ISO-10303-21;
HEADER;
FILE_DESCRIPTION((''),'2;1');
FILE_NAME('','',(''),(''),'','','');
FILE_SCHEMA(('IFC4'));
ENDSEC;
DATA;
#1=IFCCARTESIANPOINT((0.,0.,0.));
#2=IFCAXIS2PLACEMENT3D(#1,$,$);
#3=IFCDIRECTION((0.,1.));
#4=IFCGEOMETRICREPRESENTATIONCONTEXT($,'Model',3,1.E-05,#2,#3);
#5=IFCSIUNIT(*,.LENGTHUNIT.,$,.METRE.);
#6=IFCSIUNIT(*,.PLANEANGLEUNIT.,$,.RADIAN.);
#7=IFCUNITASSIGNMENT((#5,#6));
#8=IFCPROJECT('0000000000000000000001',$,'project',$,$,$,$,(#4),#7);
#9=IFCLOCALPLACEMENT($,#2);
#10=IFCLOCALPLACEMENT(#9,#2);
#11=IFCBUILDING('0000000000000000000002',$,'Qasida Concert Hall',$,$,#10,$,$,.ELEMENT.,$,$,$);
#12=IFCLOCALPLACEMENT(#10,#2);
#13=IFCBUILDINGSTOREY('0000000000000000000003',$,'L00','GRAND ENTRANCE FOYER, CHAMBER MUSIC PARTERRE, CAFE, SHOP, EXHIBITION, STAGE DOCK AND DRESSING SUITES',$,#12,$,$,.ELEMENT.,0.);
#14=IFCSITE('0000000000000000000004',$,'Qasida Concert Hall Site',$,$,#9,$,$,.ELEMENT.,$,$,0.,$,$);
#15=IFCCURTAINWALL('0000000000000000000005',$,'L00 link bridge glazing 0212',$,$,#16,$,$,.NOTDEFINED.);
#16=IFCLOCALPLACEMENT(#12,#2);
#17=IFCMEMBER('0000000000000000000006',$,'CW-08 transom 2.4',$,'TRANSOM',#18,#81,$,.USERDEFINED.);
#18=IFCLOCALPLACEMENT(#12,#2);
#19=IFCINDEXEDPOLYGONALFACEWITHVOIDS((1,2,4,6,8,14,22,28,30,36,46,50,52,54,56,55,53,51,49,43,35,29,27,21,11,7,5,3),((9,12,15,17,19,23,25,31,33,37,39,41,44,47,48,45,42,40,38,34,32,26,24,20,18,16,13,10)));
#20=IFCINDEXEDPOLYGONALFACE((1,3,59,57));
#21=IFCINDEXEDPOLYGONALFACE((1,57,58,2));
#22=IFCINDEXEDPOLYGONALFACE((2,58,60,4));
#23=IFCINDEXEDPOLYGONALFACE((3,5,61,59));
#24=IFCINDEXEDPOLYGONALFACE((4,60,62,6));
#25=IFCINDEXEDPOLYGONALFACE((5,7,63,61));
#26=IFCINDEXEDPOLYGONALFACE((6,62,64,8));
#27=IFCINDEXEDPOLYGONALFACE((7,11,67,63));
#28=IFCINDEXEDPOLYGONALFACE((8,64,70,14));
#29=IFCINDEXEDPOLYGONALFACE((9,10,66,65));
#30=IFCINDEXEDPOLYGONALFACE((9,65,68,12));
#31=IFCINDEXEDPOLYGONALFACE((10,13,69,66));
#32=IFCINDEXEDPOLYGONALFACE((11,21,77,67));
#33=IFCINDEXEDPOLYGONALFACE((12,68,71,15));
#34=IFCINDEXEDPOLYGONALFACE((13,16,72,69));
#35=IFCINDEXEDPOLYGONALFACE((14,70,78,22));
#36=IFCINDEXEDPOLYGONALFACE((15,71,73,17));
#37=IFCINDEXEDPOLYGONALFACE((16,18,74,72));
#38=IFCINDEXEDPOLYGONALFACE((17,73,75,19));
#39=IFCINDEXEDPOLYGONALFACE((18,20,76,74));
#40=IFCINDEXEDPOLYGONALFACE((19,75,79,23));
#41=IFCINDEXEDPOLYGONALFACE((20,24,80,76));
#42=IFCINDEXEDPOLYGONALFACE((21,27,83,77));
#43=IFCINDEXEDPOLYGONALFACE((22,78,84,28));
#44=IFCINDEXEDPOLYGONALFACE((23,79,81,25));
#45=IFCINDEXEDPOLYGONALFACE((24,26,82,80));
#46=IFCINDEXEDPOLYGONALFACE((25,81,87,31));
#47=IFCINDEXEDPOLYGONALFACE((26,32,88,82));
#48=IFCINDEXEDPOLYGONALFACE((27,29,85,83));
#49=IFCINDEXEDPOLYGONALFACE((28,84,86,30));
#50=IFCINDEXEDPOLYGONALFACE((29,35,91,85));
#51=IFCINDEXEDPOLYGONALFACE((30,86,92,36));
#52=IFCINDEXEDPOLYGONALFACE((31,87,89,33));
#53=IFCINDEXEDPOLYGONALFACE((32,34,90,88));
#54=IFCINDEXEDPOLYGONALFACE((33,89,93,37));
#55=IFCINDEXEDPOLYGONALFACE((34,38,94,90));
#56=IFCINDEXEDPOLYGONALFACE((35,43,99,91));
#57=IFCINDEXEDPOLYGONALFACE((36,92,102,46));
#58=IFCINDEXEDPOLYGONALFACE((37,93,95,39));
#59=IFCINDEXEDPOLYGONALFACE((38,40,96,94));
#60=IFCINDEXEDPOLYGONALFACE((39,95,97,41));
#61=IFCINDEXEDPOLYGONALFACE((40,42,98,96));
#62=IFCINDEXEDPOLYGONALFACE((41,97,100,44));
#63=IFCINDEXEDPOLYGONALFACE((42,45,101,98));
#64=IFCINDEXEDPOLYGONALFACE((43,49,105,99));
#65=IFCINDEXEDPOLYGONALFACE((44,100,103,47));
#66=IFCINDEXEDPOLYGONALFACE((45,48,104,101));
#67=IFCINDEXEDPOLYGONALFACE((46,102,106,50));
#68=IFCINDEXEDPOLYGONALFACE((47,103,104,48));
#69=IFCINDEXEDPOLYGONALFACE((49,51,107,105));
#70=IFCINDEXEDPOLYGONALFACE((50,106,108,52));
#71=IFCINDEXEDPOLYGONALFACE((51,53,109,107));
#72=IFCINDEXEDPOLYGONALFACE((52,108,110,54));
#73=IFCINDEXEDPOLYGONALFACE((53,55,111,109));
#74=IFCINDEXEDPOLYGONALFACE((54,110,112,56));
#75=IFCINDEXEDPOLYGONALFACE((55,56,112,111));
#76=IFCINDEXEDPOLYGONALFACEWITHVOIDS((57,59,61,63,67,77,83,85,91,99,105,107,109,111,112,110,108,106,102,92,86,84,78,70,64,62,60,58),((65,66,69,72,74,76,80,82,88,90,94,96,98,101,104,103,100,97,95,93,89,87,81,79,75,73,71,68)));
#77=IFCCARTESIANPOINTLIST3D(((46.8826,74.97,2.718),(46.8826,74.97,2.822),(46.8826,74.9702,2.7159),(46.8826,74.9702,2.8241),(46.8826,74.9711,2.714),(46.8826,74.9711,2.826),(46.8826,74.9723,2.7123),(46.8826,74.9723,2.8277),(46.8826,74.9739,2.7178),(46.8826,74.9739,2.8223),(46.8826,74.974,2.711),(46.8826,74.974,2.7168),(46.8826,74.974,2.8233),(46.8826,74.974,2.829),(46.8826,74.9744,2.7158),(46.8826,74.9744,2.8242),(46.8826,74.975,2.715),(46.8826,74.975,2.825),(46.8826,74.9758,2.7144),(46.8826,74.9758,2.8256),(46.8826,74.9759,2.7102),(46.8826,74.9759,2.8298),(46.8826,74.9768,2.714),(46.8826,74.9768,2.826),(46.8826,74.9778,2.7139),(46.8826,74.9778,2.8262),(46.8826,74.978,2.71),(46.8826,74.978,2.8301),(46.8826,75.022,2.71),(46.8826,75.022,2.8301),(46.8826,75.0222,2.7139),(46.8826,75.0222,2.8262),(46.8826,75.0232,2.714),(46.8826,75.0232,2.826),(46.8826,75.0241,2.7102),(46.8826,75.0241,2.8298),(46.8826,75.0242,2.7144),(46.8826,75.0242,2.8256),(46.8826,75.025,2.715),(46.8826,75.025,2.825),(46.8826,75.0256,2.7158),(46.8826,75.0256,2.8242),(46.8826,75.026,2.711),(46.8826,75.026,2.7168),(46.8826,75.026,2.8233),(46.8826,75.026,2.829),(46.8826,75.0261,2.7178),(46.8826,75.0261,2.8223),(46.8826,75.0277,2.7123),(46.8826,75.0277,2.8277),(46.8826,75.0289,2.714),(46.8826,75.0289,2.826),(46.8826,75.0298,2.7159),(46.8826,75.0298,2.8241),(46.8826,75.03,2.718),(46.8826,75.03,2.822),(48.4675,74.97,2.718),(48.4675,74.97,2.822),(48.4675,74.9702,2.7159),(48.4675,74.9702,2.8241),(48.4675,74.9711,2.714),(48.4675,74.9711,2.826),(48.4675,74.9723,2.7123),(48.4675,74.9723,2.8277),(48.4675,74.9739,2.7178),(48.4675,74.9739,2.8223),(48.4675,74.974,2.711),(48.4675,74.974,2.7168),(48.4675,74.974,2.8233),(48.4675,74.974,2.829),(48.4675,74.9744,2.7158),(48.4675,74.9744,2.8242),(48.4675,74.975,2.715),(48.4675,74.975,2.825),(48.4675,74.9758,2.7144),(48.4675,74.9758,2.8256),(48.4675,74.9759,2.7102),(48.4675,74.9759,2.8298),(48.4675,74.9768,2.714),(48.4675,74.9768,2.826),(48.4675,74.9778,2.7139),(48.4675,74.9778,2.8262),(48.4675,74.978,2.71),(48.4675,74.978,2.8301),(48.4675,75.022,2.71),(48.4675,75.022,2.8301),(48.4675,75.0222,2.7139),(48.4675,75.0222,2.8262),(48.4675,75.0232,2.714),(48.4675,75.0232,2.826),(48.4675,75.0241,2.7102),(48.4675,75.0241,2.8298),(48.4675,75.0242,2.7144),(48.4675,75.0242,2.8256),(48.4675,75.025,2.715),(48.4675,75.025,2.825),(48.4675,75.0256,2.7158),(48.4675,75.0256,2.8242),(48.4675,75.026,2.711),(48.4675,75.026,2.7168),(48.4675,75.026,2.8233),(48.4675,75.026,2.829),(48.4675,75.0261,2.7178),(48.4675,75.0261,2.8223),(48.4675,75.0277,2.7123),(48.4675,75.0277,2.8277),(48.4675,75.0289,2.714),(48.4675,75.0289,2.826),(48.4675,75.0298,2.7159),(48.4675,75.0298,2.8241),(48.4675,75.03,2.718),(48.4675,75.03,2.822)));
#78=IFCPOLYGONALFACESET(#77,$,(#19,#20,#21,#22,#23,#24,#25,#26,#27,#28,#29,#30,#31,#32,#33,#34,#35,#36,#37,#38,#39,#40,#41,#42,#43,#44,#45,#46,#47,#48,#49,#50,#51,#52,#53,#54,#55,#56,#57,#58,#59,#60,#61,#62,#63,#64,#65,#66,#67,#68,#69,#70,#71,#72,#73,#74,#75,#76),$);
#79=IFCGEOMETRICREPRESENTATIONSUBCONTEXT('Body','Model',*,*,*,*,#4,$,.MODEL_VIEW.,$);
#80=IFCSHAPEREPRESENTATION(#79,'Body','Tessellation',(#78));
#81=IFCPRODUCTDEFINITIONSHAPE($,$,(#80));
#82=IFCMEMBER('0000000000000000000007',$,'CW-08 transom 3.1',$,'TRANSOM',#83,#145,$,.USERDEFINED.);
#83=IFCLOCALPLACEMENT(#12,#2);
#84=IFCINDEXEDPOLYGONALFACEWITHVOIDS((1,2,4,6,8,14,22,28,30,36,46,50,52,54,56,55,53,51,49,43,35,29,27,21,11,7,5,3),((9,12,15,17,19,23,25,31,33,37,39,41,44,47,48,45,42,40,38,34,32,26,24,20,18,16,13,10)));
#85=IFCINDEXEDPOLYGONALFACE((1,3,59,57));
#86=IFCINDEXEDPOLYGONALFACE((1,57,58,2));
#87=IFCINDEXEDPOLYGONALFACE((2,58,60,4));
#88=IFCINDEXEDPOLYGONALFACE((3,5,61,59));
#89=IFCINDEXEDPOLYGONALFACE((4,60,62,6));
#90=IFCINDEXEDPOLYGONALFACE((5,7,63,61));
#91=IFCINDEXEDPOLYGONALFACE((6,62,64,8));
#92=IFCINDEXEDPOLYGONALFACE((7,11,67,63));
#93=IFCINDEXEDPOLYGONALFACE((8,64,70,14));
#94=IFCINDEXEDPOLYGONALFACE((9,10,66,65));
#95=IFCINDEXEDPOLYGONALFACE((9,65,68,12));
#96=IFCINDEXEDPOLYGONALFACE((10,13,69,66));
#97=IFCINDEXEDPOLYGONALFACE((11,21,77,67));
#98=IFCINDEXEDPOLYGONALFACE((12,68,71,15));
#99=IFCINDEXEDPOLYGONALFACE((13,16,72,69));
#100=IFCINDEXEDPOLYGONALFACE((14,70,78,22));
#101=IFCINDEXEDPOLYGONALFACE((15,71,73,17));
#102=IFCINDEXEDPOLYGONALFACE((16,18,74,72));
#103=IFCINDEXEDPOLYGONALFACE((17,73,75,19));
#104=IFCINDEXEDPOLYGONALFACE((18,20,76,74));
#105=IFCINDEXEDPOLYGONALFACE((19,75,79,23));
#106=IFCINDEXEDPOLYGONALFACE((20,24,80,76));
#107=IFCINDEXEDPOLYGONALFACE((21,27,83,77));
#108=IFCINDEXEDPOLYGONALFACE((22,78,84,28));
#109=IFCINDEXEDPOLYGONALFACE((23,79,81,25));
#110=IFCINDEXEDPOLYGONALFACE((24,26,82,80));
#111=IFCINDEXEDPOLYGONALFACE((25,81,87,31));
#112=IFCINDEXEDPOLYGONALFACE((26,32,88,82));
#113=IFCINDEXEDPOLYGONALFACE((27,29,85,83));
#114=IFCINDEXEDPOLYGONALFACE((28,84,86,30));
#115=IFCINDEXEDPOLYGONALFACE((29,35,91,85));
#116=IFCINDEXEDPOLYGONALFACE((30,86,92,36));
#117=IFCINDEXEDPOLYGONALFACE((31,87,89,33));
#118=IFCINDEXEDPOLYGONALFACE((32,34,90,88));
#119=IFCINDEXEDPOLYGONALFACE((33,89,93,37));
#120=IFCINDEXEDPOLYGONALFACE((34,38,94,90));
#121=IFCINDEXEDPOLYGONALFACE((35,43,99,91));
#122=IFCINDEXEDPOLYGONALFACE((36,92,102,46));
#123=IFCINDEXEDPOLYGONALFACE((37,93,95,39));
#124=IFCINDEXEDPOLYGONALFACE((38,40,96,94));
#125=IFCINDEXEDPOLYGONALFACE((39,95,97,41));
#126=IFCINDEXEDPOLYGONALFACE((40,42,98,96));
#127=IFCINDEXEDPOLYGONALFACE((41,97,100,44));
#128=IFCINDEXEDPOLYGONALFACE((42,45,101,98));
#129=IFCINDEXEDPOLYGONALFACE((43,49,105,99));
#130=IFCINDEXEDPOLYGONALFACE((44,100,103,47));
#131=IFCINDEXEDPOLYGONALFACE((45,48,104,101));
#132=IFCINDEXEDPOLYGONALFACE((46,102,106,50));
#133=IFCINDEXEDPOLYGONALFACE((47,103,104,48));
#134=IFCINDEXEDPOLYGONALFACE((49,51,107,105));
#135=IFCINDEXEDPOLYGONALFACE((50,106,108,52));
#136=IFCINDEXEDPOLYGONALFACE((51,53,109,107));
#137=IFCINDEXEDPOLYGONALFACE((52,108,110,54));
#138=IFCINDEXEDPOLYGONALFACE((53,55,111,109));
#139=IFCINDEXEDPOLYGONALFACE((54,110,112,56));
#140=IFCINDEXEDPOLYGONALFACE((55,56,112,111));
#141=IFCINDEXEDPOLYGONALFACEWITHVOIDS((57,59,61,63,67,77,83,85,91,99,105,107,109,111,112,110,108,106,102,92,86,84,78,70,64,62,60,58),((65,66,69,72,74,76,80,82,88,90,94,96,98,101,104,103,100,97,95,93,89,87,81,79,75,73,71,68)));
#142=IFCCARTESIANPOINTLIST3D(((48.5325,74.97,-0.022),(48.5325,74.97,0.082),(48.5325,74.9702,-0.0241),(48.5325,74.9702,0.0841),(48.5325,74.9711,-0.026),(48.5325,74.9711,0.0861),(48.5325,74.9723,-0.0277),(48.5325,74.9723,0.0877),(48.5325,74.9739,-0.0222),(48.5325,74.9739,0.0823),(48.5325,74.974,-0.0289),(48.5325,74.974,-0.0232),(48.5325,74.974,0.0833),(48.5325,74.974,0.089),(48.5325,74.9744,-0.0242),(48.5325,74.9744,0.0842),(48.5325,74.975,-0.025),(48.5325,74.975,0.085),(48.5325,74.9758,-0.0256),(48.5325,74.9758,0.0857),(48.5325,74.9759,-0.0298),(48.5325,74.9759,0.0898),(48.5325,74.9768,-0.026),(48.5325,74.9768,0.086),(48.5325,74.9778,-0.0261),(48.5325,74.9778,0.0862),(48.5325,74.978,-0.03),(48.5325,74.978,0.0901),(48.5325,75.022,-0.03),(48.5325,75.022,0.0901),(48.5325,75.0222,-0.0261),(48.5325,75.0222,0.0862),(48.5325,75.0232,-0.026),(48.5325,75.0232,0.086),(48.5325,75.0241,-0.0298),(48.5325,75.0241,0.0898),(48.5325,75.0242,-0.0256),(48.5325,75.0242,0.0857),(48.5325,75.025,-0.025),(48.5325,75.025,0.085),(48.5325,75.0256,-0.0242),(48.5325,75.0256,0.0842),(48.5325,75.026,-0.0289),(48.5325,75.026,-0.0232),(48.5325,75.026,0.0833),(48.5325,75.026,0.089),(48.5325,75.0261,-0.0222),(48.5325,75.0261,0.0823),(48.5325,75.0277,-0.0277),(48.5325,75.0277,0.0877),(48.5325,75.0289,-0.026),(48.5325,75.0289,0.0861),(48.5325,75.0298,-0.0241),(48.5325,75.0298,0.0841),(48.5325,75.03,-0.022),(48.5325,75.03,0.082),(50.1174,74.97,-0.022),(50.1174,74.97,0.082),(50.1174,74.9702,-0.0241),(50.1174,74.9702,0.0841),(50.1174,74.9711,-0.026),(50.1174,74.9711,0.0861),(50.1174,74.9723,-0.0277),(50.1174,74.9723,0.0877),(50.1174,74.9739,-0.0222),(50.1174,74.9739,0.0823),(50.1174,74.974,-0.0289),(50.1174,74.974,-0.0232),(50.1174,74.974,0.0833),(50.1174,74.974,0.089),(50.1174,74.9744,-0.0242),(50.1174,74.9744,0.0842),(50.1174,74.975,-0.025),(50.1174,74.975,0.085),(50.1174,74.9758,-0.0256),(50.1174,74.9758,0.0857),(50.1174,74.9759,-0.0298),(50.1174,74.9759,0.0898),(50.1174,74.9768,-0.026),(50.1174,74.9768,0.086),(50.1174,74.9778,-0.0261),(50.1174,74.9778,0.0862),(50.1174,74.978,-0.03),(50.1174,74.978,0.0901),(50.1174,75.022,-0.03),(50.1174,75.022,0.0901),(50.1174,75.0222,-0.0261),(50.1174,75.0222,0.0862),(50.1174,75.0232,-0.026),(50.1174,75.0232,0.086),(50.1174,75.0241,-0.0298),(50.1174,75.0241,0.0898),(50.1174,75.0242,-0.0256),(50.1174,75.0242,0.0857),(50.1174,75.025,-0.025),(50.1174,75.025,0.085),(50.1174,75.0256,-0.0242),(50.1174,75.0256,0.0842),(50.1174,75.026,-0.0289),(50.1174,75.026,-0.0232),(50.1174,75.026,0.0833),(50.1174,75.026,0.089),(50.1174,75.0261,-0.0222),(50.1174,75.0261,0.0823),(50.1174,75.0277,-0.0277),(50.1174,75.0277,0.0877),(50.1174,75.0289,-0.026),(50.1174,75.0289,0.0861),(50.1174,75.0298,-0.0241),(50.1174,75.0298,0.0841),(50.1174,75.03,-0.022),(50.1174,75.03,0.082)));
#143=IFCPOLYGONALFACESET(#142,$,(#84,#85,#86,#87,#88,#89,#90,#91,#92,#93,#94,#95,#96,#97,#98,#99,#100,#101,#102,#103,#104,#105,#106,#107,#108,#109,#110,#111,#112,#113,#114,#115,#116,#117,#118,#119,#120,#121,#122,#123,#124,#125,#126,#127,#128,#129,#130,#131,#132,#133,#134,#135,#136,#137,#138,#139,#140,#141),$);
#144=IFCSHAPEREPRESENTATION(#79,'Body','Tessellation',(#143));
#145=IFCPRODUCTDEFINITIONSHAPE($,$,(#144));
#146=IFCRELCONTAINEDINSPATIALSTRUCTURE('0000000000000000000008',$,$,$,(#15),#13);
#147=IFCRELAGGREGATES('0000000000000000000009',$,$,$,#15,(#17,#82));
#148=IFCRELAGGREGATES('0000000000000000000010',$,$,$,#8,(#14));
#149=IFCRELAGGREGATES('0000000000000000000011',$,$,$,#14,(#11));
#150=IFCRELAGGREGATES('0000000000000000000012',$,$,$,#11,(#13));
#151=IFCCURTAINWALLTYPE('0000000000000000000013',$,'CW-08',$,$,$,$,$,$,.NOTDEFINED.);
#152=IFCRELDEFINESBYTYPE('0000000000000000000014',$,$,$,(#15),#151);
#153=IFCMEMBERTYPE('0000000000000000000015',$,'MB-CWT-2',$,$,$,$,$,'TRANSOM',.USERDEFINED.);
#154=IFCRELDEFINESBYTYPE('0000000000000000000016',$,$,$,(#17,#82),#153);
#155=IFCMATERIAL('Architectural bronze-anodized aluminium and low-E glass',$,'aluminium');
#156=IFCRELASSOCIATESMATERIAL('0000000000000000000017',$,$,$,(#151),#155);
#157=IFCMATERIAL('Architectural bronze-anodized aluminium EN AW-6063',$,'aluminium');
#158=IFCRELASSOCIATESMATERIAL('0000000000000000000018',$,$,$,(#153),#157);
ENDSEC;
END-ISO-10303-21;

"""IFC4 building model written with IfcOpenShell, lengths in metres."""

from ifc_helpers import new_model, si_unit, direction, frame, origin, origin_2d, place, context, subcontext, project, spatial, hollow_rectangle, extrude, material, material_profile, profile_set, type_object, element, aggregate, save


model = new_model("IFC4")

# Units and contexts
model_context = context("Model", 3, precision=1e-05, world=origin(), true_north=direction((0.0, 1.0)))
body_context = subcontext(model_context, "Body", "Model", "MODEL_VIEW")
ifc_project = project(units=[si_unit("LENGTHUNIT", "METRE"), si_unit("PLANEANGLEUNIT", "RADIAN")], contexts=[model_context])

# Site, building, storey
site_placement = place(None, origin())
site = spatial("IfcSite", under=ifc_project, at=site_placement, Name="Qasida Concert Hall Site", CompositionType="ELEMENT", RefElevation=0.0)
building_placement = place(site_placement, origin())
building = spatial("IfcBuilding", under=site, at=building_placement, Name="Qasida Concert Hall", CompositionType="ELEMENT")
storey_placement = place(building_placement, origin())
storey = spatial("IfcBuildingStorey", under=building, at=storey_placement, Name="L00", Description="GRAND ENTRANCE FOYER, CHAMBER MUSIC PARTERRE, CAFE, SHOP, EXHIBITION, STAGE DOCK AND DRESSING SUITES", CompositionType="ELEMENT", Elevation=0.0)

# Curtain wall, members
ifc_material_1 = material(Name="Architectural bronze-anodized aluminium and low-E glass", Category="aluminium")
curtain_wall_type = type_object("IfcCurtainWallType", Name="CW-08", PredefinedType="NOTDEFINED", material=ifc_material_1)
curtain_wall_placement = place(storey_placement, origin())
curtain_wall = element("IfcCurtainWall", 1, at=curtain_wall_placement, inside=storey, type_object=curtain_wall_type, Name="L00 link bridge glazing 0212", PredefinedType="NOTDEFINED")
ifc_material_2 = material(Name="Architectural bronze-anodized aluminium EN AW-6063", Category="aluminium")
ifc_material_profile_1 = material_profile(ifc_material_2, hollow_rectangle(XDim=0.0601, YDim=0.1201, WallThickness=0.0039, InnerFilletRadius=0.0039, OuterFilletRadius=0.0081, at=origin_2d()), Name="CWT 120x60x4")
ifc_profile_set_1 = profile_set([ifc_material_profile_1], Name="Architectural bronze-anodized aluminium EN AW-6063")
member_type_1 = type_object("IfcMemberType", Name="MB-CWT-2", ElementType="TRANSOM", PredefinedType="USERDEFINED", material=ifc_profile_set_1)
member_1_placement = place(storey_placement, frame((46.8826, 75.0, 2.77), z_axis=(1.0, 0.0, 0.0), x_axis=(0.0, 1.0, 0.0)))
member_1 = element("IfcMember", 2, at=member_1_placement, type_object=member_type_1, Name="CW-08 transom 2.4", ObjectType="TRANSOM", PredefinedType="USERDEFINED", context=body_context, shape_type="SweptSolid", body=[
    extrude(hollow_rectangle(XDim=0.0601, YDim=0.1201, WallThickness=0.0039, InnerFilletRadius=0.0039, OuterFilletRadius=0.0081, at=origin_2d()), origin(), (0.0, 0.0, 1.0), 1.585),
])
member_2_placement = place(storey_placement, frame((48.5325, 75.0, 0.03), z_axis=(1.0, 0.0, 0.0), x_axis=(0.0, 1.0, 0.0)))
member_2 = element("IfcMember", 3, at=member_2_placement, type_object=member_type_1, Name="CW-08 transom 3.1", ObjectType="TRANSOM", PredefinedType="USERDEFINED", context=body_context, shape_type="SweptSolid", body=[
    extrude(hollow_rectangle(XDim=0.0601, YDim=0.1201, WallThickness=0.0039, InnerFilletRadius=0.0039, OuterFilletRadius=0.0081, at=origin_2d()), origin(), (0.0, 0.0, 1.0), 1.585),
])
aggregate(curtain_wall, [member_1, member_2])

save(model, "model.ifc")
